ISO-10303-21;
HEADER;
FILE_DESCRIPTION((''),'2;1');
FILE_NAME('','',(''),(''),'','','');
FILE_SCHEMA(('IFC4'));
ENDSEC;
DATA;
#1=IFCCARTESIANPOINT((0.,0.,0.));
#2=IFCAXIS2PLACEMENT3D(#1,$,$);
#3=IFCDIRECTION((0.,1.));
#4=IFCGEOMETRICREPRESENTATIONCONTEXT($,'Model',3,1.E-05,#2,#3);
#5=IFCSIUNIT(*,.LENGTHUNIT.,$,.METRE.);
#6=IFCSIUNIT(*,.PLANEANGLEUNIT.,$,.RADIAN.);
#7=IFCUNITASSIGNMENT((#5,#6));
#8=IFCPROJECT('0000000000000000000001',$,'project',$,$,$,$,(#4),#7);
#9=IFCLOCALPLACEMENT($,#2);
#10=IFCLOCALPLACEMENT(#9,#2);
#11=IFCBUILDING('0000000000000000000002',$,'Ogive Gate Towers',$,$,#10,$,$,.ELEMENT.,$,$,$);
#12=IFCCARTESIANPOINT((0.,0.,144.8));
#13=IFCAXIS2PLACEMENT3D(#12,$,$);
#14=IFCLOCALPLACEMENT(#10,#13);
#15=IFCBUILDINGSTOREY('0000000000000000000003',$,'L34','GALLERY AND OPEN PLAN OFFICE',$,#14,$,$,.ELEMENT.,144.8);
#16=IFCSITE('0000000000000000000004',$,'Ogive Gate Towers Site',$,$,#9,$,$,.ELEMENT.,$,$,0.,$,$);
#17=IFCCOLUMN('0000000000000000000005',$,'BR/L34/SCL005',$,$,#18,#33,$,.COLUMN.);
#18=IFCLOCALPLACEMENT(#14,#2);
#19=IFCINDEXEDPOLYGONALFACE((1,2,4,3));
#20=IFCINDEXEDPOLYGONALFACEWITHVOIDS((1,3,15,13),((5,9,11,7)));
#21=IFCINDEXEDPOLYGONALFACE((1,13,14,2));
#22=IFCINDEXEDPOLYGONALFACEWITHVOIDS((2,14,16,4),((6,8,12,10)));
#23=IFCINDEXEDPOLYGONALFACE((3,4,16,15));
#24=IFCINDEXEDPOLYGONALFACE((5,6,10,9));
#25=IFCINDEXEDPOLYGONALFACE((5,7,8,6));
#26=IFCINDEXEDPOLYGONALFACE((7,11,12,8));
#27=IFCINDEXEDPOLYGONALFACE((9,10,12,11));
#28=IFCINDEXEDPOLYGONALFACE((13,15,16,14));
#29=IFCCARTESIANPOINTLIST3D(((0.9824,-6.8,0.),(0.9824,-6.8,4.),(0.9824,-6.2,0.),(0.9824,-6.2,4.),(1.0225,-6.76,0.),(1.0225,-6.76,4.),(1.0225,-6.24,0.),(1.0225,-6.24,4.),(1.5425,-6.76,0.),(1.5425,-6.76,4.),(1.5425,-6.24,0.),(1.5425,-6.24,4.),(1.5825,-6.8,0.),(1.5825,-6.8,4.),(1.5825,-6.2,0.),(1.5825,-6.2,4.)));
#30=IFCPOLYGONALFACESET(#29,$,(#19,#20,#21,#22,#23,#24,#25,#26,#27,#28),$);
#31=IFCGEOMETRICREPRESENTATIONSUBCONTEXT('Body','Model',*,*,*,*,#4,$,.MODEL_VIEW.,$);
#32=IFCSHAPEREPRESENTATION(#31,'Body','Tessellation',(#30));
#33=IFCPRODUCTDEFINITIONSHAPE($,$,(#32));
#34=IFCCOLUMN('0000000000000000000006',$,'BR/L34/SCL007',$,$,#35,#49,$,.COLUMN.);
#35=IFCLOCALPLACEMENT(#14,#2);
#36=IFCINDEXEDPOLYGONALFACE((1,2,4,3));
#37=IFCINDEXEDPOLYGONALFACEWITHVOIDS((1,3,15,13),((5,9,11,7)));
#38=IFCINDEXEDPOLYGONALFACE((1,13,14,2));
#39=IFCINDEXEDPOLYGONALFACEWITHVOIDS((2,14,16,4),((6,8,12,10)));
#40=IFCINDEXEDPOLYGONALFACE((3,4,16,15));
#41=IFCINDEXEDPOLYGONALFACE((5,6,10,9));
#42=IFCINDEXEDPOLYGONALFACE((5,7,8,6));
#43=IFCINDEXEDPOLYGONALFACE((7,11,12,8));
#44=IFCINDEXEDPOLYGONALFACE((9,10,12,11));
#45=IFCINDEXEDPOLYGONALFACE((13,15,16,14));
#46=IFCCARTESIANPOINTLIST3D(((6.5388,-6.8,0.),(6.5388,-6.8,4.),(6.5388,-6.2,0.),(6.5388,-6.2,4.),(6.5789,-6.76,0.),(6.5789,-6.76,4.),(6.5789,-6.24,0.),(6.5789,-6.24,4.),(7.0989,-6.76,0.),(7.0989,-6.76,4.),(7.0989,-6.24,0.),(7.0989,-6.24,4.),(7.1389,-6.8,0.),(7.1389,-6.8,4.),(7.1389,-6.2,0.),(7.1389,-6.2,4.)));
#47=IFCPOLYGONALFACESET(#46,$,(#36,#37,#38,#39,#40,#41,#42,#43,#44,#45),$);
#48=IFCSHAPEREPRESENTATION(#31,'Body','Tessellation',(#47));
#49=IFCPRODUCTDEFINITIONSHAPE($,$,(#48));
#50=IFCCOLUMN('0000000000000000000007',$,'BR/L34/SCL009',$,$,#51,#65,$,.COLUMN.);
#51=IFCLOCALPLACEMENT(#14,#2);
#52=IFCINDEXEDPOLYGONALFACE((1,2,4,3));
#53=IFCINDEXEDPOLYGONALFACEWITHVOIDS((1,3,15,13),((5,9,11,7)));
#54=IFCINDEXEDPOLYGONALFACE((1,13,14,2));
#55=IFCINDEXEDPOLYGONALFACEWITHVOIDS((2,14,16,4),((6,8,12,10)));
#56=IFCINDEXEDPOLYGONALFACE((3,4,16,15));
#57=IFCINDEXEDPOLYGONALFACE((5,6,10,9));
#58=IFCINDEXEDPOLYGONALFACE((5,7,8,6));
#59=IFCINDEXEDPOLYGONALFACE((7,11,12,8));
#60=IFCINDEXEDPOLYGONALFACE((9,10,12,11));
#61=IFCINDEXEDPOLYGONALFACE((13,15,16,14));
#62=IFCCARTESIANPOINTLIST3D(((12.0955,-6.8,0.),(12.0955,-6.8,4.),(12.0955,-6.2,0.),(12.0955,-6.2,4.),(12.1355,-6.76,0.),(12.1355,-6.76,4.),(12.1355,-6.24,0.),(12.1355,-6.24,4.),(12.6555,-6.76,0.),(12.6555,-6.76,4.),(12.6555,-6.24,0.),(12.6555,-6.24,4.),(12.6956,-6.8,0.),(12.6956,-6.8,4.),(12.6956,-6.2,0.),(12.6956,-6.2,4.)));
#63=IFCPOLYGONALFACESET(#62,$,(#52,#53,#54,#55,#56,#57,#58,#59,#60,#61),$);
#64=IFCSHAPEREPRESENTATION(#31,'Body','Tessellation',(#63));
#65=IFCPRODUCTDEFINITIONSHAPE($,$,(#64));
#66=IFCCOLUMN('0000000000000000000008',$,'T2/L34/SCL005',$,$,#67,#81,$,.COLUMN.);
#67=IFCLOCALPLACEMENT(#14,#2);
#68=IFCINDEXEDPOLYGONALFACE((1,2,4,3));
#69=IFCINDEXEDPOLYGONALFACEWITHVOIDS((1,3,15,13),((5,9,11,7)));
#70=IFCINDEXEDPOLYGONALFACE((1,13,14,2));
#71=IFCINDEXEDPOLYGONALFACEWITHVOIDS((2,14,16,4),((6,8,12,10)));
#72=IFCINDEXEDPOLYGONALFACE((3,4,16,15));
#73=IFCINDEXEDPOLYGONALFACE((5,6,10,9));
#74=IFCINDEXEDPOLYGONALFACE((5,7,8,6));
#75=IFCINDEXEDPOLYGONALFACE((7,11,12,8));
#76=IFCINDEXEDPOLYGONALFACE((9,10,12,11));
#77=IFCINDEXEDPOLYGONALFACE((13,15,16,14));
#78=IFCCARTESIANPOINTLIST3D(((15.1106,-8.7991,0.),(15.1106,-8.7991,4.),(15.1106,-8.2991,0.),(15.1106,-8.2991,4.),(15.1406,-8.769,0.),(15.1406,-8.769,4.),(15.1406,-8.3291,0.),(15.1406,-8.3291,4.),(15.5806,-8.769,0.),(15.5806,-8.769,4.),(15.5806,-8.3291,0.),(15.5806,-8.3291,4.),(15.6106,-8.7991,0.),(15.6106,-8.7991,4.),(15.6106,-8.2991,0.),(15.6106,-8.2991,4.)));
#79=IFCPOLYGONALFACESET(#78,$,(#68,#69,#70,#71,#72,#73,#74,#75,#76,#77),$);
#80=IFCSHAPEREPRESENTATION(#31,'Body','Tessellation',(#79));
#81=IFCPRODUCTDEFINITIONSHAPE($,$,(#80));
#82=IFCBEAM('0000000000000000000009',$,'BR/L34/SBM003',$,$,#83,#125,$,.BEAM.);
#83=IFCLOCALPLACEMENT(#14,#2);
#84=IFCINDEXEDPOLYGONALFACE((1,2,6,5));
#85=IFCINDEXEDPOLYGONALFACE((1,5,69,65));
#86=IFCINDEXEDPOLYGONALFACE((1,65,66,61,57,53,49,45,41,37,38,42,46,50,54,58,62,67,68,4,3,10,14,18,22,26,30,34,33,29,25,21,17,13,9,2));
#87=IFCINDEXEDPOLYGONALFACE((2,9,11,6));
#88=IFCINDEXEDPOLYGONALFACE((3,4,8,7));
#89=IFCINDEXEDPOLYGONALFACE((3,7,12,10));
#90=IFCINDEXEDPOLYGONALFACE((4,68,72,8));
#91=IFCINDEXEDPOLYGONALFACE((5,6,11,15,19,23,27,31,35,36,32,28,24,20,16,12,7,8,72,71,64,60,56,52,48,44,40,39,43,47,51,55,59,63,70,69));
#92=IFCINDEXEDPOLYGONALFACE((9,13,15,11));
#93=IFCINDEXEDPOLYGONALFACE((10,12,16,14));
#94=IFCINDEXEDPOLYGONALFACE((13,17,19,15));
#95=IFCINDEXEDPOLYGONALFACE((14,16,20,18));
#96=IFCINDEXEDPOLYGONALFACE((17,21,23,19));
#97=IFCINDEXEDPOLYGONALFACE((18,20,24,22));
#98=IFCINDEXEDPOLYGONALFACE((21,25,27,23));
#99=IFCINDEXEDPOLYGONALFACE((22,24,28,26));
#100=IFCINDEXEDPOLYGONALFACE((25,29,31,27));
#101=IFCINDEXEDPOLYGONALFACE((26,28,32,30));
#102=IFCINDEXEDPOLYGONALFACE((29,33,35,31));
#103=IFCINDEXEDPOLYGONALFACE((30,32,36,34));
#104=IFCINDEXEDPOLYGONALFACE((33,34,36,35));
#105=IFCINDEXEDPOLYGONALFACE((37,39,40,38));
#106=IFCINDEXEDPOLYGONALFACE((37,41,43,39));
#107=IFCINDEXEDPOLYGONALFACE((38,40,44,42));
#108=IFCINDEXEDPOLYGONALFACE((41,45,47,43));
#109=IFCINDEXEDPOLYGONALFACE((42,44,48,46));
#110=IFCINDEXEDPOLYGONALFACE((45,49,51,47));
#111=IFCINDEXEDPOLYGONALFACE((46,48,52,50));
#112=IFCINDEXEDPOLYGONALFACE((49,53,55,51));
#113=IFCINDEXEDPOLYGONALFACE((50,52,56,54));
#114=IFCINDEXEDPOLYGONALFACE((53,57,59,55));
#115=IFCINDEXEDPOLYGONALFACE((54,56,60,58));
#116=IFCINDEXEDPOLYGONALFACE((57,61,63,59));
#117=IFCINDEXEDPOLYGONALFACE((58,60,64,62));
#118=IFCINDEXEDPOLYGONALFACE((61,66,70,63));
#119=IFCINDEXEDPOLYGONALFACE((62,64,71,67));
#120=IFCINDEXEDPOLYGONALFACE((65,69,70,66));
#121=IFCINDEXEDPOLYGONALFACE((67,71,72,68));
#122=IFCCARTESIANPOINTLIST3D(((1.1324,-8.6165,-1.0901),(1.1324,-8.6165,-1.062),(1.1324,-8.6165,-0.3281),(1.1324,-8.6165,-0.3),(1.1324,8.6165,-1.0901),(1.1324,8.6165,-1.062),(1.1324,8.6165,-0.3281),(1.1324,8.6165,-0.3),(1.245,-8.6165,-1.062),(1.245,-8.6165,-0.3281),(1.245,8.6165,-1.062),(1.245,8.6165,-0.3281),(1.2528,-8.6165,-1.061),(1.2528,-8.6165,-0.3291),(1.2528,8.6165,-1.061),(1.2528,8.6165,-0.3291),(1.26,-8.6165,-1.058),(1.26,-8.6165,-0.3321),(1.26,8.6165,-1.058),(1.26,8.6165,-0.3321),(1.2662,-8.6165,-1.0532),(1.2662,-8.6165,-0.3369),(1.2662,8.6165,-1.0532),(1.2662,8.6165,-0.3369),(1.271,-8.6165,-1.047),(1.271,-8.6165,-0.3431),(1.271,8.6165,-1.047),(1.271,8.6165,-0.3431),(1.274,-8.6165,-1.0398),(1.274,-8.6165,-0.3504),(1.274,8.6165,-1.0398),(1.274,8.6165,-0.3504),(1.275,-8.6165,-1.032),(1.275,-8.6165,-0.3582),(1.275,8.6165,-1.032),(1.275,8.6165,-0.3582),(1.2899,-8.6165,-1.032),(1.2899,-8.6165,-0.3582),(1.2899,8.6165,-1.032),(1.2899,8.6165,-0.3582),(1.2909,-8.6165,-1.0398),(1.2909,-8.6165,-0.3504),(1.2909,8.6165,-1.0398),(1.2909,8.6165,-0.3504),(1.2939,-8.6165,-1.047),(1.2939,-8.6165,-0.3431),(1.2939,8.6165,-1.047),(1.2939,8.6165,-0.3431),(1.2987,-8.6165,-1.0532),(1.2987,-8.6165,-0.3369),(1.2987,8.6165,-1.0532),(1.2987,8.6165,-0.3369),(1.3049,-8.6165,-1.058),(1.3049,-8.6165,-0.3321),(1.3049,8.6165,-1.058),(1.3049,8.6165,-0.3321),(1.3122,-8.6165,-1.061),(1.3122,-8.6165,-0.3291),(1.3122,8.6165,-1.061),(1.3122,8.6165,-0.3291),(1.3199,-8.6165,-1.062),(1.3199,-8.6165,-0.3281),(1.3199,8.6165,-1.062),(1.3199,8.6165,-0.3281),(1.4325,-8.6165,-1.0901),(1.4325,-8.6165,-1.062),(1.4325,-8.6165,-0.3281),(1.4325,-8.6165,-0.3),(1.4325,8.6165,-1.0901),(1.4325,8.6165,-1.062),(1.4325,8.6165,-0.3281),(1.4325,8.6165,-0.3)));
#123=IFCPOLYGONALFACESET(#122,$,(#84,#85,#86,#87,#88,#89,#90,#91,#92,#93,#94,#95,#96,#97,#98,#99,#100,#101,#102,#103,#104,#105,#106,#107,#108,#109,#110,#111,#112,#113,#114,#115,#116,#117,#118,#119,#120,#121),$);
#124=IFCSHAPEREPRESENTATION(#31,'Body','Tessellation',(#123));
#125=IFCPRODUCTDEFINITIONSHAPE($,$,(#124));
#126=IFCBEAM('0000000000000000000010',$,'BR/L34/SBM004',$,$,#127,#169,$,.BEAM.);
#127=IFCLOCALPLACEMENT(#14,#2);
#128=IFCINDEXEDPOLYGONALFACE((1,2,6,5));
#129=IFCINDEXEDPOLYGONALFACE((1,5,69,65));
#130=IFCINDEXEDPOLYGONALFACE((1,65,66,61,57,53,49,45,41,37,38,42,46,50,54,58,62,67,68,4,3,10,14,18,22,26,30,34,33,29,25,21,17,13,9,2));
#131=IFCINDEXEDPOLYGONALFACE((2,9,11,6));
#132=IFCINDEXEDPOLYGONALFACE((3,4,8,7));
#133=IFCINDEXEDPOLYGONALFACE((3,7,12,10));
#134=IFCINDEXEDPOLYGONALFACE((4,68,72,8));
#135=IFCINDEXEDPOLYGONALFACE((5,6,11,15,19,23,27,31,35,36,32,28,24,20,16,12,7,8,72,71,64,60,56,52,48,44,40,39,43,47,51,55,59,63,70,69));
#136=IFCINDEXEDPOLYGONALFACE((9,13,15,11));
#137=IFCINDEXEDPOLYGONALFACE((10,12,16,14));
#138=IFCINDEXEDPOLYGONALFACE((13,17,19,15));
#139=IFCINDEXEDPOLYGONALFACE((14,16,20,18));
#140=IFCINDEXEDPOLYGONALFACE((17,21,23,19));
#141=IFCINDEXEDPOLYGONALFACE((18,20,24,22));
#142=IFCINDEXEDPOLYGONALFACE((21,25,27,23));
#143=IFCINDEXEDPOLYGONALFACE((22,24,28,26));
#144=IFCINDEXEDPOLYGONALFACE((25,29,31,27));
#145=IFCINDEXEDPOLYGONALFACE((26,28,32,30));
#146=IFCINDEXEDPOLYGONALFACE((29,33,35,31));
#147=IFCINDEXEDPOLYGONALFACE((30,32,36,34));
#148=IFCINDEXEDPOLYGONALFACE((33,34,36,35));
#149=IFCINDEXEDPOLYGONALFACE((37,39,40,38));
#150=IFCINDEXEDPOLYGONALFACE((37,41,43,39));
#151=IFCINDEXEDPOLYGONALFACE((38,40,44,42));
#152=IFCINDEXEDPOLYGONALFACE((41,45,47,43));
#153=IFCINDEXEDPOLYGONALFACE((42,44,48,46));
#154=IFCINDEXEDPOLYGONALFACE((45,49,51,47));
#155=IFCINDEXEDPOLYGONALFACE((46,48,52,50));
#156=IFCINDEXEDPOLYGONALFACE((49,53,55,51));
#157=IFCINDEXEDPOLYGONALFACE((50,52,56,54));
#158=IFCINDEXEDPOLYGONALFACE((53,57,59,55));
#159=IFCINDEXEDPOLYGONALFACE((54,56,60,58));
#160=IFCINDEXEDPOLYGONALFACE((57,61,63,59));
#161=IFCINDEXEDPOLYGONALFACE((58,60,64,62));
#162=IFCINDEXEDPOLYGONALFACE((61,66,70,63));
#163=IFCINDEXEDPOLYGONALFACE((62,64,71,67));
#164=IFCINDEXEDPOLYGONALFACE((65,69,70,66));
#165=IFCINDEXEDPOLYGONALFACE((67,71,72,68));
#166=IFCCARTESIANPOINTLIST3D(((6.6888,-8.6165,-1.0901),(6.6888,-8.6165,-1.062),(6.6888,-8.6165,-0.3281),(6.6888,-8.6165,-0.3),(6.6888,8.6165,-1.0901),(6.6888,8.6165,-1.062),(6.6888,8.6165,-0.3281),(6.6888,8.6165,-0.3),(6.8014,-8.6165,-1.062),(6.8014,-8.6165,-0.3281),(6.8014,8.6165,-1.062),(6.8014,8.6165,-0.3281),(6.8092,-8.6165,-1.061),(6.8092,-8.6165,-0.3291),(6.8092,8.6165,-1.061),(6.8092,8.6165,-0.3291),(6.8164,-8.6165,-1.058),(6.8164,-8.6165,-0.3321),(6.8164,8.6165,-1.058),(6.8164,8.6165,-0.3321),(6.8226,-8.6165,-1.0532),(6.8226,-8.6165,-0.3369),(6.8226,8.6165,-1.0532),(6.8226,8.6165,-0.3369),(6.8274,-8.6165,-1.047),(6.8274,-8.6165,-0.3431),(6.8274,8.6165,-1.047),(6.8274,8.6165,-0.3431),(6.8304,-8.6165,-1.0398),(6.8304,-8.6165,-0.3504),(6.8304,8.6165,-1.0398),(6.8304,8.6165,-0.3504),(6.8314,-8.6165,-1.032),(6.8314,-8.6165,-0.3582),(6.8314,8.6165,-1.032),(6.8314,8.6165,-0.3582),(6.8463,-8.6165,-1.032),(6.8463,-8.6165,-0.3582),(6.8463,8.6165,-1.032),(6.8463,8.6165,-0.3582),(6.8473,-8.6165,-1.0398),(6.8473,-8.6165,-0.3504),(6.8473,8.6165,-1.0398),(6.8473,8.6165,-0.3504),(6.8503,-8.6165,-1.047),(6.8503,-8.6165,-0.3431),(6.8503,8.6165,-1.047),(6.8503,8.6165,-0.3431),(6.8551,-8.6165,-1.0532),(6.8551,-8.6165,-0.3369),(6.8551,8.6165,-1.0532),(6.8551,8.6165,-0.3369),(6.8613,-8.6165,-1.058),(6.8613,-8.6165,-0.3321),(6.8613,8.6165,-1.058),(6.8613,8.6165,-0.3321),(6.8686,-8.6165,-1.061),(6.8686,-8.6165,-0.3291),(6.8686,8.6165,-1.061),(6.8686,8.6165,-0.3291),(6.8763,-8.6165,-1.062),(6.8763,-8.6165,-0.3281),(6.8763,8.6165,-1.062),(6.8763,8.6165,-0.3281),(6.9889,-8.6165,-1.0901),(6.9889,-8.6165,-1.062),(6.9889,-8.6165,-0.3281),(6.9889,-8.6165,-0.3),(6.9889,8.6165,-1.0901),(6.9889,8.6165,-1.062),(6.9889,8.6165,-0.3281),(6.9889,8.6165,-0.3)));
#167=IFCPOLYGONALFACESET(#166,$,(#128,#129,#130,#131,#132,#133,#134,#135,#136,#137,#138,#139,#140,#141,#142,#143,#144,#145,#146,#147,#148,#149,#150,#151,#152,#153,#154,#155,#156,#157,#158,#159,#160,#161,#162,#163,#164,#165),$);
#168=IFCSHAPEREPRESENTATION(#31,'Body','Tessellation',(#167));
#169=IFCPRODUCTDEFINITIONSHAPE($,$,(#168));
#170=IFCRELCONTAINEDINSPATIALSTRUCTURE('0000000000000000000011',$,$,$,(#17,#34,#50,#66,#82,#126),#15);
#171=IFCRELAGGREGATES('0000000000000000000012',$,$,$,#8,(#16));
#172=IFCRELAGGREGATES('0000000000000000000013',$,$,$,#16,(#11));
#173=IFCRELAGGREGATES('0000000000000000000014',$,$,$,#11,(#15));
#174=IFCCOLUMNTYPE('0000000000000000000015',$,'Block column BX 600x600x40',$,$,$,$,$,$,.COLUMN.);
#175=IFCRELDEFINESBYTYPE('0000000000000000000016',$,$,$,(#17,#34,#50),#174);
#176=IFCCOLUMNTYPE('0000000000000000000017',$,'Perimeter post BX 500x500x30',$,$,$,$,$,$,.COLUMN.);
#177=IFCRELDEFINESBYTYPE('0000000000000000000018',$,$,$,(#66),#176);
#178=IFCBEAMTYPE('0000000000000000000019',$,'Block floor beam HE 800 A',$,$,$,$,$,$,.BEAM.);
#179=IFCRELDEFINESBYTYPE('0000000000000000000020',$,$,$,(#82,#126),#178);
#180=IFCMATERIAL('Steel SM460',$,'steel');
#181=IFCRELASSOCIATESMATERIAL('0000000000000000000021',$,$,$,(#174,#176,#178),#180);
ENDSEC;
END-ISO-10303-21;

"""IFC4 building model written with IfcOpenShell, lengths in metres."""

from ifc_helpers import new_model, si_unit, direction, frame, origin, origin_2d, place, context, subcontext, project, spatial, hollow_rectangle, i_section, extrude, material, material_profile, profile_set, type_object, element, save


model = new_model("IFC4")

# Units and contexts
model_context = context("Model", 3, precision=1e-05, world=origin(), true_north=direction((0.0, 1.0)))
body_context = subcontext(model_context, "Body", "Model", "MODEL_VIEW")
ifc_project = project(units=[si_unit("LENGTHUNIT", "METRE"), si_unit("PLANEANGLEUNIT", "RADIAN")], contexts=[model_context])

# Site, building, storey
site_placement = place(None, origin())
site = spatial("IfcSite", under=ifc_project, at=site_placement, Name="Ogive Gate Towers Site", CompositionType="ELEMENT", RefElevation=0.0)
building_placement = place(site_placement, origin())
building = spatial("IfcBuilding", under=site, at=building_placement, Name="Ogive Gate Towers", CompositionType="ELEMENT")
storey_placement = place(building_placement, frame((0.0, 0.0, 144.8)))
storey = spatial("IfcBuildingStorey", under=building, at=storey_placement, Name="L34", Description="GALLERY AND OPEN PLAN OFFICE", CompositionType="ELEMENT", Elevation=144.8)

# Columns
ifc_material_1 = material(Name="Steel SM460", Category="steel")
ifc_material_profile_1 = material_profile(ifc_material_1, hollow_rectangle(XDim=0.6001, YDim=0.6001, WallThickness=0.04, at=origin_2d()), Name="BX 600x600x40")
ifc_profile_set_1 = profile_set([ifc_material_profile_1], Name="Steel SM460")
column_type_1 = type_object("IfcColumnType", Name="Block column BX 600x600x40", PredefinedType="COLUMN", material=ifc_profile_set_1)
for number, where, z_axis, x_axis, name in (
    (1, (1.2825, -6.5, 0.0), (0.0, 0.0, 1.0), (1.0, 0.0, 0.0), "BR/L34/SCL005"),
    (2, (6.8389, -6.5, 0.0), (0.0, 0.0, 1.0), (1.0, 0.0, 0.0), "BR/L34/SCL007"),
    (3, (12.3955, -6.5, 0.0), (0.0, 0.0, 1.0), (1.0, 0.0, 0.0), "BR/L34/SCL009"),
):
    element("IfcColumn", number, at=place(storey_placement, frame(where, z_axis=z_axis, x_axis=x_axis)), inside=storey, type_object=column_type_1, Name=name, PredefinedType="COLUMN", context=body_context, shape_type="SweptSolid", body=[
        extrude(hollow_rectangle(XDim=0.6001, YDim=0.6001, WallThickness=0.04, at=origin_2d()), origin(), (0.0, 0.0, 1.0), 4.0),
    ])
ifc_material_profile_2 = material_profile(ifc_material_1, hollow_rectangle(XDim=0.5, YDim=0.5, WallThickness=0.03, at=origin_2d()), Name="BX 500x500x30")
ifc_profile_set_2 = profile_set([ifc_material_profile_2], Name="Steel SM460")
column_type_2 = type_object("IfcColumnType", Name="Perimeter post BX 500x500x30", PredefinedType="COLUMN", material=ifc_profile_set_2)
column_placement = place(storey_placement, frame((15.3606, -8.5491, 0.0), z_axis=(0.0, 0.0, 1.0), x_axis=(1.0, 0.0, 0.0)))
element("IfcColumn", 4, at=column_placement, inside=storey, type_object=column_type_2, Name="T2/L34/SCL005", PredefinedType="COLUMN", context=body_context, shape_type="SweptSolid", body=[
    extrude(hollow_rectangle(XDim=0.5, YDim=0.5, WallThickness=0.03, at=origin_2d()), origin(), (0.0, 0.0, 1.0), 4.0),
])

# Beams
ifc_material_profile_3 = material_profile(ifc_material_1, i_section(OverallWidth=0.3, OverallDepth=0.79, WebThickness=0.0149, FlangeThickness=0.0281, FilletRadius=0.03, at=origin_2d()), Name="HE 800 A")
ifc_profile_set_3 = profile_set([ifc_material_profile_3], Name="Steel SM460")
beam_type = type_object("IfcBeamType", Name="Block floor beam HE 800 A", PredefinedType="BEAM", material=ifc_profile_set_3)
for number, where, z_axis, x_axis, name in (
    (5, (1.2825, -8.6165, -0.6951), (0.0, 1.0, 0.0), (-1.0, 0.0, 0.0), "BR/L34/SBM003"),
    (6, (6.8389, -8.6165, -0.6951), (0.0, 1.0, 0.0), (-1.0, 0.0, 0.0), "BR/L34/SBM004"),
):
    element("IfcBeam", number, at=place(storey_placement, frame(where, z_axis=z_axis, x_axis=x_axis)), inside=storey, type_object=beam_type, Name=name, PredefinedType="BEAM", context=body_context, shape_type="SweptSolid", body=[
        extrude(i_section(OverallWidth=0.3, OverallDepth=0.79, WebThickness=0.0149, FlangeThickness=0.0281, FilletRadius=0.03, at=origin_2d()), origin(), (0.0, 0.0, 1.0), 17.2329),
    ])

save(model, "model.ifc")
